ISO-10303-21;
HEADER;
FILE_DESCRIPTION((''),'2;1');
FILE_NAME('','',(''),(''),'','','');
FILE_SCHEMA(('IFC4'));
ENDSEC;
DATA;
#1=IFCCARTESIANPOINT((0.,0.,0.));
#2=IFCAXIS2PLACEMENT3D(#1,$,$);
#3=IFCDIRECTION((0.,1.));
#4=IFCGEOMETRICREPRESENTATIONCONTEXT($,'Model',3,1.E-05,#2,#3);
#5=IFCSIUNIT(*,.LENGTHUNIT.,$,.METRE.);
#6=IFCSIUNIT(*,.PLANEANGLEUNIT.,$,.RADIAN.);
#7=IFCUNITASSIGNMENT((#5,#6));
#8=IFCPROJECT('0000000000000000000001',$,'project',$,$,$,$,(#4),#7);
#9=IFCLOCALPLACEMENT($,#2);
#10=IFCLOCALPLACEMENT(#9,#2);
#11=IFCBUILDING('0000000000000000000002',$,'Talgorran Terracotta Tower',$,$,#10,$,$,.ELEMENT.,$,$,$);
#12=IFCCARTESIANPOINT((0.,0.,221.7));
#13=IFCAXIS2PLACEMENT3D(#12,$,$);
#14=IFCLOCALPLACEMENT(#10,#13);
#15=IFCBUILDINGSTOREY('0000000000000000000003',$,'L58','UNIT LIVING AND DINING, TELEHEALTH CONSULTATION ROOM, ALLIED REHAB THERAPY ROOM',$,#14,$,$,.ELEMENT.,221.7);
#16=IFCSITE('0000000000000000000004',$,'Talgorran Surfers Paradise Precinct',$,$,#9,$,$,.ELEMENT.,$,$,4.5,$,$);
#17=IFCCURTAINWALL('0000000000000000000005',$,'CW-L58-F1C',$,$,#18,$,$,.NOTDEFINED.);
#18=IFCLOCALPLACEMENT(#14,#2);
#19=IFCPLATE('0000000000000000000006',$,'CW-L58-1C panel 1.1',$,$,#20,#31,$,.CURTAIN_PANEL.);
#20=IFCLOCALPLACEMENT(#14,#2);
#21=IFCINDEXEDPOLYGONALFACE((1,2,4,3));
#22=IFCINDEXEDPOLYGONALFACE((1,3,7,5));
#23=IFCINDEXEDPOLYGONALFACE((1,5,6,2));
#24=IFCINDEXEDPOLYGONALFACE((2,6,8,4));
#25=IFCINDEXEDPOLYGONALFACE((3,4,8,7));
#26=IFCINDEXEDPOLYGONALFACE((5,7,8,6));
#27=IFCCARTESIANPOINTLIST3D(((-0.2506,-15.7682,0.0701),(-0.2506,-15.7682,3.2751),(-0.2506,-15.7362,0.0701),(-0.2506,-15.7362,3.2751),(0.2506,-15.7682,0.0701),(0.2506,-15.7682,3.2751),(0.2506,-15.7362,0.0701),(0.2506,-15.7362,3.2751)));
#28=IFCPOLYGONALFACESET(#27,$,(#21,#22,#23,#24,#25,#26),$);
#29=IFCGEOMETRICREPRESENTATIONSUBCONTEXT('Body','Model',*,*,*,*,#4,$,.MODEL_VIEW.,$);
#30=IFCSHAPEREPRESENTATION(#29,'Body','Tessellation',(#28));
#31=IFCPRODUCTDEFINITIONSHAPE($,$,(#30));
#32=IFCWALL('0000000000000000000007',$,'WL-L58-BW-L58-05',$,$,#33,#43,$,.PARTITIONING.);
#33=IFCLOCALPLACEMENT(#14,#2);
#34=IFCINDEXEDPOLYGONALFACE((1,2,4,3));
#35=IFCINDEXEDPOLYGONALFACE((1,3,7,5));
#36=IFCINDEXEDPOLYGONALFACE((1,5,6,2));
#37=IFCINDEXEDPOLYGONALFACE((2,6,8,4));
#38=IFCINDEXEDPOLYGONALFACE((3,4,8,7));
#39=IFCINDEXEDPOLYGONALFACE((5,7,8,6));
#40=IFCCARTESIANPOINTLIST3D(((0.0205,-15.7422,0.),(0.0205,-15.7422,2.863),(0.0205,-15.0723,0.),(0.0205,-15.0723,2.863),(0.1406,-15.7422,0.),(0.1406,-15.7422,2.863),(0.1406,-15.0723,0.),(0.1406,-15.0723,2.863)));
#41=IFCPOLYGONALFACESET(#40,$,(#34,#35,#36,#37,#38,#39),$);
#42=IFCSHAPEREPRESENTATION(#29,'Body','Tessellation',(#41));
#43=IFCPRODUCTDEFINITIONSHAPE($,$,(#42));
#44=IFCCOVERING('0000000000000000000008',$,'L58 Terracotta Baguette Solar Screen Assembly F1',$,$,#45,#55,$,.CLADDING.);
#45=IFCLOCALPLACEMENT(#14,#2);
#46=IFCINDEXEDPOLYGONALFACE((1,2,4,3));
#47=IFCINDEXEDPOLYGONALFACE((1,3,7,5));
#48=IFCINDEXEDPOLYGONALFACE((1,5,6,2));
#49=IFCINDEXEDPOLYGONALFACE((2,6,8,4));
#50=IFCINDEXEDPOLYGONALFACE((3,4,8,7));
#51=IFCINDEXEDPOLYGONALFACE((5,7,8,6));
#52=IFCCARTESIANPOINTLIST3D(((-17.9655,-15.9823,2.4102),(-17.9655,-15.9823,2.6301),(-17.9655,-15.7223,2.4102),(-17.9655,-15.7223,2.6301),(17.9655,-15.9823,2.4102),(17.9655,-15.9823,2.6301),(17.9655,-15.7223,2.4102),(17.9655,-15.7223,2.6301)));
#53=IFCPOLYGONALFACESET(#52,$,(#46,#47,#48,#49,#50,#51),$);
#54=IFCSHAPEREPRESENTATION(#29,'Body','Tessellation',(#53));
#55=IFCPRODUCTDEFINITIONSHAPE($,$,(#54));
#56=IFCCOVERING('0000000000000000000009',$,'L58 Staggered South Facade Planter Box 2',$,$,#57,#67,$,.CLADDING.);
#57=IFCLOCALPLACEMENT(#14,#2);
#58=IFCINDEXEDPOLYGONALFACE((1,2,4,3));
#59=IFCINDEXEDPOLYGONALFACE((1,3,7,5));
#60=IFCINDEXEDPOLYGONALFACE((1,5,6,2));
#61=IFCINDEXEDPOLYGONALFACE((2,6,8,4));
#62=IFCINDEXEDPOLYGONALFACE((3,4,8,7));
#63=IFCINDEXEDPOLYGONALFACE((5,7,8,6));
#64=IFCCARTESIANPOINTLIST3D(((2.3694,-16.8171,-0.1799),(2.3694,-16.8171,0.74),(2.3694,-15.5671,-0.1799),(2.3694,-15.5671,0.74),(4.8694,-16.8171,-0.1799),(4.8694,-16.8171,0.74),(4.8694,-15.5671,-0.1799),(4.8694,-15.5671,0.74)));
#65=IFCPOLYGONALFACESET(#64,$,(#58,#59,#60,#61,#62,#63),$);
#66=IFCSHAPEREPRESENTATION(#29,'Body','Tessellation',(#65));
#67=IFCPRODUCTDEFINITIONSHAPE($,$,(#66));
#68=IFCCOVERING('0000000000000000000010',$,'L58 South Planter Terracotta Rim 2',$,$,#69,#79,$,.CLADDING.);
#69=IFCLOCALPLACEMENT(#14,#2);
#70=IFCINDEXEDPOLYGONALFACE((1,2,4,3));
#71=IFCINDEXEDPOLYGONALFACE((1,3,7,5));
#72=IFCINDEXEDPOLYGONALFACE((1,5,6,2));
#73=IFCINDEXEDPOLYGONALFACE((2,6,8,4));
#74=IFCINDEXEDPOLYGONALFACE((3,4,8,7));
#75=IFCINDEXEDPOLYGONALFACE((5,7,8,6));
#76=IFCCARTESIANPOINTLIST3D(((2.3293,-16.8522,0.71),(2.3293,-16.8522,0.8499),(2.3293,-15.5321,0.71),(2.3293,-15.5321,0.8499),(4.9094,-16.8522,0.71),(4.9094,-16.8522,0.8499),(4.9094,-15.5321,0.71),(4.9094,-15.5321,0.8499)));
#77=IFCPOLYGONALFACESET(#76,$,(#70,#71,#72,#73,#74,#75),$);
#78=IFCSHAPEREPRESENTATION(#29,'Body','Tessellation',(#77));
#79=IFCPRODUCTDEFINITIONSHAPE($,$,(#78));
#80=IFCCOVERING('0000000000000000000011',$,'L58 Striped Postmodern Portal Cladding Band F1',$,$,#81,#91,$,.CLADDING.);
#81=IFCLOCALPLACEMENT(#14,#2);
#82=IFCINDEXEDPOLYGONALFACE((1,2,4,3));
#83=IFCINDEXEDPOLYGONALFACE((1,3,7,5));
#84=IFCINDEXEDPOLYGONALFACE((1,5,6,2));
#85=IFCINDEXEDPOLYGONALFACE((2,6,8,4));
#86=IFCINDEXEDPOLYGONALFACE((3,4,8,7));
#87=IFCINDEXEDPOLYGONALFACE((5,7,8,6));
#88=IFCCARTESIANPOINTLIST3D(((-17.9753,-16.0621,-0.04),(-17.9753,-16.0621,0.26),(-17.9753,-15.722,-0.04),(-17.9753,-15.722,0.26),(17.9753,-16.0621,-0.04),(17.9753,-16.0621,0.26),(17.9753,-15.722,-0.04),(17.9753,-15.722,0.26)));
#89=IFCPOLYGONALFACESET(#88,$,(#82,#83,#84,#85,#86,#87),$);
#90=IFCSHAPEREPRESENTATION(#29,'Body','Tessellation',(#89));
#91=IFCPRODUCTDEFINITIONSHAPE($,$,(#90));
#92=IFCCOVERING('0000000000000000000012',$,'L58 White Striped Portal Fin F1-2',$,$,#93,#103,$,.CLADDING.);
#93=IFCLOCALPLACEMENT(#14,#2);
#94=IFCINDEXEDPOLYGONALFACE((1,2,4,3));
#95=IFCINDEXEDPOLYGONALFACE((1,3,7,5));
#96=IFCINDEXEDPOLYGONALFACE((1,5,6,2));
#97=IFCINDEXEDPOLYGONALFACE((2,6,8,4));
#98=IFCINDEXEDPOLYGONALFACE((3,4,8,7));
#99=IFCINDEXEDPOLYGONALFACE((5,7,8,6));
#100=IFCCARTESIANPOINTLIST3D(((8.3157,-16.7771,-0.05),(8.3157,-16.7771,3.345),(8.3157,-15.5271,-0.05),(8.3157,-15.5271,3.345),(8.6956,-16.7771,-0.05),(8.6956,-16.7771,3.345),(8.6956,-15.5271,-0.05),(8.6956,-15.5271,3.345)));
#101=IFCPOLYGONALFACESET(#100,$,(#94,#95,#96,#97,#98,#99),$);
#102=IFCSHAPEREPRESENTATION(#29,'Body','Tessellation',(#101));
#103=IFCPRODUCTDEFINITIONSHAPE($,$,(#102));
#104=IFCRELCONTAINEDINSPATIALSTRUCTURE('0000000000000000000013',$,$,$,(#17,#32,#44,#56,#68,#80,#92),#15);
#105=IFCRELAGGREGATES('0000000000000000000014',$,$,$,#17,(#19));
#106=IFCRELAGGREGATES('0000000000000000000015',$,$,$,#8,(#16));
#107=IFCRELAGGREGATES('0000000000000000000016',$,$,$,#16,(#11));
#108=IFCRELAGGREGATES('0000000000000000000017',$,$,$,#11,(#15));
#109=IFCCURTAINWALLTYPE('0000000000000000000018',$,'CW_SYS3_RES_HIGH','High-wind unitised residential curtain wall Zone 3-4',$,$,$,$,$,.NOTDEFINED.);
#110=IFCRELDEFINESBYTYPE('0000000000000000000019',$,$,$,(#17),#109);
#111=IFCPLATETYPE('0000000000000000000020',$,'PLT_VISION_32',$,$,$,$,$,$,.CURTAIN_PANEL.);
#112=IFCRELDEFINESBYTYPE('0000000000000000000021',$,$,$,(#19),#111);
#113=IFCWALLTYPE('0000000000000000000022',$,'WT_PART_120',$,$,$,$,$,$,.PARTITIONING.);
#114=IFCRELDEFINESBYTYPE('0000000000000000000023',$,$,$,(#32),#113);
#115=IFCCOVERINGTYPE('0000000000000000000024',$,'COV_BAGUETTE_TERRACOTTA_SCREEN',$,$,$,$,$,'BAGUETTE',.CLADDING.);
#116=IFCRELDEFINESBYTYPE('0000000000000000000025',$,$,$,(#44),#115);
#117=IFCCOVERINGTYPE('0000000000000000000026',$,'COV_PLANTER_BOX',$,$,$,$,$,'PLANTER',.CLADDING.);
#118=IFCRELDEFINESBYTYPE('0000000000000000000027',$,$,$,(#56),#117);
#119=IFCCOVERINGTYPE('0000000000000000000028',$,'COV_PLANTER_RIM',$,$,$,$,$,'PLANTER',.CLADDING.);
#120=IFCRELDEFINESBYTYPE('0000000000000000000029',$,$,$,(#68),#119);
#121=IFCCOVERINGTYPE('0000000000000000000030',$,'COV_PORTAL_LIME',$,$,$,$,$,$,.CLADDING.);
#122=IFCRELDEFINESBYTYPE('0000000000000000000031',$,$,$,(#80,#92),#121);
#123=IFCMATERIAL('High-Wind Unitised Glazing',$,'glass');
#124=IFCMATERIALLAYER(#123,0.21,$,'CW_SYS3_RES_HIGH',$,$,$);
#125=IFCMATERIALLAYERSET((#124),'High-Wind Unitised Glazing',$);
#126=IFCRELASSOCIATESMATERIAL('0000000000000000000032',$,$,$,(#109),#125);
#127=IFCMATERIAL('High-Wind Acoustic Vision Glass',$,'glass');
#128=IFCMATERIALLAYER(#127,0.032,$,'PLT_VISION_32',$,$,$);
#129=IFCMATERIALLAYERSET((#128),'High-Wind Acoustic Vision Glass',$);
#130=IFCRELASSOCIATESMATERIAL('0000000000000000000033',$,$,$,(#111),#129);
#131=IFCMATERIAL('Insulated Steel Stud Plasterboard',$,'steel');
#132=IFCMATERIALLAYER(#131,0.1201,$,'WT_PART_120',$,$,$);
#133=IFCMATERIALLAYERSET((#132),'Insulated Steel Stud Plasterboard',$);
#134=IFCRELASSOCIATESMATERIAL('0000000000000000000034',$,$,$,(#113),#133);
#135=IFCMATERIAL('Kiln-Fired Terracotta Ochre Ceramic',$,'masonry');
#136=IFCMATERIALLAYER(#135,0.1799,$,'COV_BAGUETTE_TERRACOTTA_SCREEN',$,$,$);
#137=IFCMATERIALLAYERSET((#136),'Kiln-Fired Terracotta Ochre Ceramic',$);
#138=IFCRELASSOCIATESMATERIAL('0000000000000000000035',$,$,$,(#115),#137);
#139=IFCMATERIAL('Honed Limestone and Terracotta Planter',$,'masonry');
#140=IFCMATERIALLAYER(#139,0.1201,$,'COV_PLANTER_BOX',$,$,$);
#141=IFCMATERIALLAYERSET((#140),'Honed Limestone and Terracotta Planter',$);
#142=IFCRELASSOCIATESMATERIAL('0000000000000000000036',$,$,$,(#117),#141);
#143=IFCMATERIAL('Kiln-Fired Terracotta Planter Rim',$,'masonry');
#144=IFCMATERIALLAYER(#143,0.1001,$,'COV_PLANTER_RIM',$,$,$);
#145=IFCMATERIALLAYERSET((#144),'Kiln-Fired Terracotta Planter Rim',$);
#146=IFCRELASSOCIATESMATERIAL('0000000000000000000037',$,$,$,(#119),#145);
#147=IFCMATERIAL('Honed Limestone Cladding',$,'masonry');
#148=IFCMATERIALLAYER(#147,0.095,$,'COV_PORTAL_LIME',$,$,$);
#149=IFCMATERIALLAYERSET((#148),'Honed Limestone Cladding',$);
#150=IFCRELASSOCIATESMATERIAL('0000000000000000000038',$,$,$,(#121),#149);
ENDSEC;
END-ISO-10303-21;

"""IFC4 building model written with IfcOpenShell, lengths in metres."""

from ifc_helpers import new_model, si_unit, direction, frame, frame_2d, origin, origin_2d, place, context, subcontext, project, spatial, rectangle, extrude, source, transform, mapped, material, layer, layer_set, type_object, element, aggregate, save


model = new_model("IFC4")

# Units and contexts
model_context = context("Model", 3, precision=1e-05, world=origin(), true_north=direction((0.0, 1.0)))
body_context = subcontext(model_context, "Body", "Model", "MODEL_VIEW")
ifc_project = project(units=[si_unit("LENGTHUNIT", "METRE"), si_unit("PLANEANGLEUNIT", "RADIAN")], contexts=[model_context])

# Site, building, storey
site_placement = place(None, origin())
site = spatial("IfcSite", under=ifc_project, at=site_placement, Name="Talgorran Surfers Paradise Precinct", CompositionType="ELEMENT", RefElevation=4.5)
building_placement = place(site_placement, origin())
building = spatial("IfcBuilding", under=site, at=building_placement, Name="Talgorran Terracotta Tower", CompositionType="ELEMENT")
storey_placement = place(building_placement, frame((0.0, 0.0, 221.7)))
storey = spatial("IfcBuildingStorey", under=building, at=storey_placement, Name="L58", Description="UNIT LIVING AND DINING, TELEHEALTH CONSULTATION ROOM, ALLIED REHAB THERAPY ROOM", CompositionType="ELEMENT", Elevation=221.7)

# Curtain wall
ifc_material_1 = material(Name="High-Wind Unitised Glazing", Category="glass")
ifc_layer_1 = layer(ifc_material_1, 0.21, Name="CW_SYS3_RES_HIGH")
ifc_layer_set_1 = layer_set([ifc_layer_1], Name="High-Wind Unitised Glazing")
curtain_wall_type = type_object("IfcCurtainWallType", Name="CW_SYS3_RES_HIGH", Description="High-wind unitised residential curtain wall Zone 3-4", PredefinedType="NOTDEFINED", material=ifc_layer_set_1)
curtain_wall_1_placement = place(storey_placement, origin())
curtain_wall_1 = element("IfcCurtainWall", 1, at=curtain_wall_1_placement, inside=storey, type_object=curtain_wall_type, Name="CW-L58-F1C", PredefinedType="NOTDEFINED")

# Plate
ifc_material_2 = material(Name="High-Wind Acoustic Vision Glass", Category="glass")
ifc_layer_2 = layer(ifc_material_2, 0.032, Name="PLT_VISION_32")
ifc_layer_set_2 = layer_set([ifc_layer_2], Name="High-Wind Acoustic Vision Glass")
plate_type_1 = type_object("IfcPlateType", Name="PLT_VISION_32", PredefinedType="CURTAIN_PANEL", material=ifc_layer_set_2)
shared_shape_1 = source(origin(), body_context, "Body", "SweptSolid", [
    extrude(rectangle(XDim=0.5012, YDim=0.032, at=origin_2d()), origin(), (0.0, 0.0, 1.0), 3.2051),
])
plate_1_placement = place(storey_placement, frame((0.0, -15.7522, 0.0701), z_axis=(0.0, 0.0, 1.0), x_axis=(1.0, 0.0, 0.0)))
plate_1 = element("IfcPlate", 2, at=plate_1_placement, type_object=plate_type_1, Name="CW-L58-1C panel 1.1", PredefinedType="CURTAIN_PANEL", context=body_context, shape_type="MappedRepresentation", body=[
    mapped(shared_shape_1, transform((0.0, 0.0, 0.0), scale=1.0)),
])
aggregate(curtain_wall_1, [plate_1])

# Wall
ifc_material_3 = material(Name="Insulated Steel Stud Plasterboard", Category="steel")
ifc_layer_3 = layer(ifc_material_3, 0.1201, Name="WT_PART_120")
ifc_layer_set_3 = layer_set([ifc_layer_3], Name="Insulated Steel Stud Plasterboard")
wall_type = type_object("IfcWallType", Name="WT_PART_120", PredefinedType="PARTITIONING", material=ifc_layer_set_3)
wall_placement = place(storey_placement, frame((0.0806, -15.7422, 0.0), z_axis=(0.0, 0.0, 1.0), x_axis=(0.0, 1.0, 0.0)))
element("IfcWall", 3, at=wall_placement, inside=storey, type_object=wall_type, Name="WL-L58-BW-L58-05", PredefinedType="PARTITIONING", context=body_context, shape_type="SweptSolid", body=[
    extrude(rectangle(XDim=0.6699, YDim=0.1201, at=frame_2d((0.335, 0.0))), origin(), (0.0, 0.0, 1.0), 2.863),
])

# Coverings
ifc_material_4 = material(Name="Kiln-Fired Terracotta Ochre Ceramic", Category="masonry")
ifc_layer_4 = layer(ifc_material_4, 0.1799, Name="COV_BAGUETTE_TERRACOTTA_SCREEN")
ifc_layer_set_4 = layer_set([ifc_layer_4], Name="Kiln-Fired Terracotta Ochre Ceramic")
covering_type_1 = type_object("IfcCoveringType", Name="COV_BAGUETTE_TERRACOTTA_SCREEN", ElementType="BAGUETTE", PredefinedType="CLADDING", material=ifc_layer_set_4)
covering_1_placement = place(storey_placement, frame((0.0, -15.8523, 2.4102), z_axis=(0.0, 0.0, 1.0), x_axis=(1.0, 0.0, 0.0)))
element("IfcCovering", 4, at=covering_1_placement, inside=storey, type_object=covering_type_1, Name="L58 Terracotta Baguette Solar Screen Assembly F1", PredefinedType="CLADDING", context=body_context, shape_type="SweptSolid", body=[
    extrude(rectangle(XDim=35.9309, YDim=0.26, at=origin_2d()), origin(), (0.0, 0.0, 1.0), 0.22),
])
ifc_material_5 = material(Name="Honed Limestone and Terracotta Planter", Category="masonry")
ifc_layer_5 = layer(ifc_material_5, 0.1201, Name="COV_PLANTER_BOX")
ifc_layer_set_5 = layer_set([ifc_layer_5], Name="Honed Limestone and Terracotta Planter")
covering_type_2 = type_object("IfcCoveringType", Name="COV_PLANTER_BOX", ElementType="PLANTER", PredefinedType="CLADDING", material=ifc_layer_set_5)
covering_2_placement = place(storey_placement, frame((3.6194, -16.1921, -0.1799), z_axis=(0.0, 0.0, 1.0), x_axis=(1.0, 0.0, 0.0)))
element("IfcCovering", 5, at=covering_2_placement, inside=storey, type_object=covering_type_2, Name="L58 Staggered South Facade Planter Box 2", PredefinedType="CLADDING", context=body_context, shape_type="SweptSolid", body=[
    extrude(rectangle(XDim=2.5, YDim=1.25, at=origin_2d()), origin(), (0.0, 0.0, 1.0), 0.9199),
])
ifc_material_6 = material(Name="Kiln-Fired Terracotta Planter Rim", Category="masonry")
ifc_layer_6 = layer(ifc_material_6, 0.1001, Name="COV_PLANTER_RIM")
ifc_layer_set_6 = layer_set([ifc_layer_6], Name="Kiln-Fired Terracotta Planter Rim")
covering_type_3 = type_object("IfcCoveringType", Name="COV_PLANTER_RIM", ElementType="PLANTER", PredefinedType="CLADDING", material=ifc_layer_set_6)
covering_3_placement = place(storey_placement, frame((3.6194, -16.1921, 0.71), z_axis=(0.0, 0.0, 1.0), x_axis=(1.0, 0.0, 0.0)))
element("IfcCovering", 6, at=covering_3_placement, inside=storey, type_object=covering_type_3, Name="L58 South Planter Terracotta Rim 2", PredefinedType="CLADDING", context=body_context, shape_type="SweptSolid", body=[
    extrude(rectangle(XDim=2.5801, YDim=1.3201, at=origin_2d()), origin(), (0.0, 0.0, 1.0), 0.1399),
])
ifc_material_7 = material(Name="Honed Limestone Cladding", Category="masonry")
ifc_layer_7 = layer(ifc_material_7, 0.095, Name="COV_PORTAL_LIME")
ifc_layer_set_7 = layer_set([ifc_layer_7], Name="Honed Limestone Cladding")
covering_type_4 = type_object("IfcCoveringType", Name="COV_PORTAL_LIME", PredefinedType="CLADDING", material=ifc_layer_set_7)
covering_4_placement = place(storey_placement, frame((0.0, -15.8921, -0.04), z_axis=(0.0, 0.0, 1.0), x_axis=(1.0, 0.0, 0.0)))
element("IfcCovering", 7, at=covering_4_placement, inside=storey, type_object=covering_type_4, Name="L58 Striped Postmodern Portal Cladding Band F1", PredefinedType="CLADDING", context=body_context, shape_type="SweptSolid", body=[
    extrude(rectangle(XDim=35.9507, YDim=0.3401, at=origin_2d()), origin(), (0.0, 0.0, 1.0), 0.3),
])
covering_5_placement = place(storey_placement, frame((8.5056, -16.1521, -0.05), z_axis=(0.0, 0.0, 1.0), x_axis=(1.0, 0.0, 0.0)))
element("IfcCovering", 8, at=covering_5_placement, inside=storey, type_object=covering_type_4, Name="L58 White Striped Portal Fin F1-2", PredefinedType="CLADDING", context=body_context, shape_type="SweptSolid", body=[
    extrude(rectangle(XDim=0.3799, YDim=1.25, at=origin_2d()), origin(), (0.0, 0.0, 1.0), 3.395),
])

save(model, "model.ifc")
